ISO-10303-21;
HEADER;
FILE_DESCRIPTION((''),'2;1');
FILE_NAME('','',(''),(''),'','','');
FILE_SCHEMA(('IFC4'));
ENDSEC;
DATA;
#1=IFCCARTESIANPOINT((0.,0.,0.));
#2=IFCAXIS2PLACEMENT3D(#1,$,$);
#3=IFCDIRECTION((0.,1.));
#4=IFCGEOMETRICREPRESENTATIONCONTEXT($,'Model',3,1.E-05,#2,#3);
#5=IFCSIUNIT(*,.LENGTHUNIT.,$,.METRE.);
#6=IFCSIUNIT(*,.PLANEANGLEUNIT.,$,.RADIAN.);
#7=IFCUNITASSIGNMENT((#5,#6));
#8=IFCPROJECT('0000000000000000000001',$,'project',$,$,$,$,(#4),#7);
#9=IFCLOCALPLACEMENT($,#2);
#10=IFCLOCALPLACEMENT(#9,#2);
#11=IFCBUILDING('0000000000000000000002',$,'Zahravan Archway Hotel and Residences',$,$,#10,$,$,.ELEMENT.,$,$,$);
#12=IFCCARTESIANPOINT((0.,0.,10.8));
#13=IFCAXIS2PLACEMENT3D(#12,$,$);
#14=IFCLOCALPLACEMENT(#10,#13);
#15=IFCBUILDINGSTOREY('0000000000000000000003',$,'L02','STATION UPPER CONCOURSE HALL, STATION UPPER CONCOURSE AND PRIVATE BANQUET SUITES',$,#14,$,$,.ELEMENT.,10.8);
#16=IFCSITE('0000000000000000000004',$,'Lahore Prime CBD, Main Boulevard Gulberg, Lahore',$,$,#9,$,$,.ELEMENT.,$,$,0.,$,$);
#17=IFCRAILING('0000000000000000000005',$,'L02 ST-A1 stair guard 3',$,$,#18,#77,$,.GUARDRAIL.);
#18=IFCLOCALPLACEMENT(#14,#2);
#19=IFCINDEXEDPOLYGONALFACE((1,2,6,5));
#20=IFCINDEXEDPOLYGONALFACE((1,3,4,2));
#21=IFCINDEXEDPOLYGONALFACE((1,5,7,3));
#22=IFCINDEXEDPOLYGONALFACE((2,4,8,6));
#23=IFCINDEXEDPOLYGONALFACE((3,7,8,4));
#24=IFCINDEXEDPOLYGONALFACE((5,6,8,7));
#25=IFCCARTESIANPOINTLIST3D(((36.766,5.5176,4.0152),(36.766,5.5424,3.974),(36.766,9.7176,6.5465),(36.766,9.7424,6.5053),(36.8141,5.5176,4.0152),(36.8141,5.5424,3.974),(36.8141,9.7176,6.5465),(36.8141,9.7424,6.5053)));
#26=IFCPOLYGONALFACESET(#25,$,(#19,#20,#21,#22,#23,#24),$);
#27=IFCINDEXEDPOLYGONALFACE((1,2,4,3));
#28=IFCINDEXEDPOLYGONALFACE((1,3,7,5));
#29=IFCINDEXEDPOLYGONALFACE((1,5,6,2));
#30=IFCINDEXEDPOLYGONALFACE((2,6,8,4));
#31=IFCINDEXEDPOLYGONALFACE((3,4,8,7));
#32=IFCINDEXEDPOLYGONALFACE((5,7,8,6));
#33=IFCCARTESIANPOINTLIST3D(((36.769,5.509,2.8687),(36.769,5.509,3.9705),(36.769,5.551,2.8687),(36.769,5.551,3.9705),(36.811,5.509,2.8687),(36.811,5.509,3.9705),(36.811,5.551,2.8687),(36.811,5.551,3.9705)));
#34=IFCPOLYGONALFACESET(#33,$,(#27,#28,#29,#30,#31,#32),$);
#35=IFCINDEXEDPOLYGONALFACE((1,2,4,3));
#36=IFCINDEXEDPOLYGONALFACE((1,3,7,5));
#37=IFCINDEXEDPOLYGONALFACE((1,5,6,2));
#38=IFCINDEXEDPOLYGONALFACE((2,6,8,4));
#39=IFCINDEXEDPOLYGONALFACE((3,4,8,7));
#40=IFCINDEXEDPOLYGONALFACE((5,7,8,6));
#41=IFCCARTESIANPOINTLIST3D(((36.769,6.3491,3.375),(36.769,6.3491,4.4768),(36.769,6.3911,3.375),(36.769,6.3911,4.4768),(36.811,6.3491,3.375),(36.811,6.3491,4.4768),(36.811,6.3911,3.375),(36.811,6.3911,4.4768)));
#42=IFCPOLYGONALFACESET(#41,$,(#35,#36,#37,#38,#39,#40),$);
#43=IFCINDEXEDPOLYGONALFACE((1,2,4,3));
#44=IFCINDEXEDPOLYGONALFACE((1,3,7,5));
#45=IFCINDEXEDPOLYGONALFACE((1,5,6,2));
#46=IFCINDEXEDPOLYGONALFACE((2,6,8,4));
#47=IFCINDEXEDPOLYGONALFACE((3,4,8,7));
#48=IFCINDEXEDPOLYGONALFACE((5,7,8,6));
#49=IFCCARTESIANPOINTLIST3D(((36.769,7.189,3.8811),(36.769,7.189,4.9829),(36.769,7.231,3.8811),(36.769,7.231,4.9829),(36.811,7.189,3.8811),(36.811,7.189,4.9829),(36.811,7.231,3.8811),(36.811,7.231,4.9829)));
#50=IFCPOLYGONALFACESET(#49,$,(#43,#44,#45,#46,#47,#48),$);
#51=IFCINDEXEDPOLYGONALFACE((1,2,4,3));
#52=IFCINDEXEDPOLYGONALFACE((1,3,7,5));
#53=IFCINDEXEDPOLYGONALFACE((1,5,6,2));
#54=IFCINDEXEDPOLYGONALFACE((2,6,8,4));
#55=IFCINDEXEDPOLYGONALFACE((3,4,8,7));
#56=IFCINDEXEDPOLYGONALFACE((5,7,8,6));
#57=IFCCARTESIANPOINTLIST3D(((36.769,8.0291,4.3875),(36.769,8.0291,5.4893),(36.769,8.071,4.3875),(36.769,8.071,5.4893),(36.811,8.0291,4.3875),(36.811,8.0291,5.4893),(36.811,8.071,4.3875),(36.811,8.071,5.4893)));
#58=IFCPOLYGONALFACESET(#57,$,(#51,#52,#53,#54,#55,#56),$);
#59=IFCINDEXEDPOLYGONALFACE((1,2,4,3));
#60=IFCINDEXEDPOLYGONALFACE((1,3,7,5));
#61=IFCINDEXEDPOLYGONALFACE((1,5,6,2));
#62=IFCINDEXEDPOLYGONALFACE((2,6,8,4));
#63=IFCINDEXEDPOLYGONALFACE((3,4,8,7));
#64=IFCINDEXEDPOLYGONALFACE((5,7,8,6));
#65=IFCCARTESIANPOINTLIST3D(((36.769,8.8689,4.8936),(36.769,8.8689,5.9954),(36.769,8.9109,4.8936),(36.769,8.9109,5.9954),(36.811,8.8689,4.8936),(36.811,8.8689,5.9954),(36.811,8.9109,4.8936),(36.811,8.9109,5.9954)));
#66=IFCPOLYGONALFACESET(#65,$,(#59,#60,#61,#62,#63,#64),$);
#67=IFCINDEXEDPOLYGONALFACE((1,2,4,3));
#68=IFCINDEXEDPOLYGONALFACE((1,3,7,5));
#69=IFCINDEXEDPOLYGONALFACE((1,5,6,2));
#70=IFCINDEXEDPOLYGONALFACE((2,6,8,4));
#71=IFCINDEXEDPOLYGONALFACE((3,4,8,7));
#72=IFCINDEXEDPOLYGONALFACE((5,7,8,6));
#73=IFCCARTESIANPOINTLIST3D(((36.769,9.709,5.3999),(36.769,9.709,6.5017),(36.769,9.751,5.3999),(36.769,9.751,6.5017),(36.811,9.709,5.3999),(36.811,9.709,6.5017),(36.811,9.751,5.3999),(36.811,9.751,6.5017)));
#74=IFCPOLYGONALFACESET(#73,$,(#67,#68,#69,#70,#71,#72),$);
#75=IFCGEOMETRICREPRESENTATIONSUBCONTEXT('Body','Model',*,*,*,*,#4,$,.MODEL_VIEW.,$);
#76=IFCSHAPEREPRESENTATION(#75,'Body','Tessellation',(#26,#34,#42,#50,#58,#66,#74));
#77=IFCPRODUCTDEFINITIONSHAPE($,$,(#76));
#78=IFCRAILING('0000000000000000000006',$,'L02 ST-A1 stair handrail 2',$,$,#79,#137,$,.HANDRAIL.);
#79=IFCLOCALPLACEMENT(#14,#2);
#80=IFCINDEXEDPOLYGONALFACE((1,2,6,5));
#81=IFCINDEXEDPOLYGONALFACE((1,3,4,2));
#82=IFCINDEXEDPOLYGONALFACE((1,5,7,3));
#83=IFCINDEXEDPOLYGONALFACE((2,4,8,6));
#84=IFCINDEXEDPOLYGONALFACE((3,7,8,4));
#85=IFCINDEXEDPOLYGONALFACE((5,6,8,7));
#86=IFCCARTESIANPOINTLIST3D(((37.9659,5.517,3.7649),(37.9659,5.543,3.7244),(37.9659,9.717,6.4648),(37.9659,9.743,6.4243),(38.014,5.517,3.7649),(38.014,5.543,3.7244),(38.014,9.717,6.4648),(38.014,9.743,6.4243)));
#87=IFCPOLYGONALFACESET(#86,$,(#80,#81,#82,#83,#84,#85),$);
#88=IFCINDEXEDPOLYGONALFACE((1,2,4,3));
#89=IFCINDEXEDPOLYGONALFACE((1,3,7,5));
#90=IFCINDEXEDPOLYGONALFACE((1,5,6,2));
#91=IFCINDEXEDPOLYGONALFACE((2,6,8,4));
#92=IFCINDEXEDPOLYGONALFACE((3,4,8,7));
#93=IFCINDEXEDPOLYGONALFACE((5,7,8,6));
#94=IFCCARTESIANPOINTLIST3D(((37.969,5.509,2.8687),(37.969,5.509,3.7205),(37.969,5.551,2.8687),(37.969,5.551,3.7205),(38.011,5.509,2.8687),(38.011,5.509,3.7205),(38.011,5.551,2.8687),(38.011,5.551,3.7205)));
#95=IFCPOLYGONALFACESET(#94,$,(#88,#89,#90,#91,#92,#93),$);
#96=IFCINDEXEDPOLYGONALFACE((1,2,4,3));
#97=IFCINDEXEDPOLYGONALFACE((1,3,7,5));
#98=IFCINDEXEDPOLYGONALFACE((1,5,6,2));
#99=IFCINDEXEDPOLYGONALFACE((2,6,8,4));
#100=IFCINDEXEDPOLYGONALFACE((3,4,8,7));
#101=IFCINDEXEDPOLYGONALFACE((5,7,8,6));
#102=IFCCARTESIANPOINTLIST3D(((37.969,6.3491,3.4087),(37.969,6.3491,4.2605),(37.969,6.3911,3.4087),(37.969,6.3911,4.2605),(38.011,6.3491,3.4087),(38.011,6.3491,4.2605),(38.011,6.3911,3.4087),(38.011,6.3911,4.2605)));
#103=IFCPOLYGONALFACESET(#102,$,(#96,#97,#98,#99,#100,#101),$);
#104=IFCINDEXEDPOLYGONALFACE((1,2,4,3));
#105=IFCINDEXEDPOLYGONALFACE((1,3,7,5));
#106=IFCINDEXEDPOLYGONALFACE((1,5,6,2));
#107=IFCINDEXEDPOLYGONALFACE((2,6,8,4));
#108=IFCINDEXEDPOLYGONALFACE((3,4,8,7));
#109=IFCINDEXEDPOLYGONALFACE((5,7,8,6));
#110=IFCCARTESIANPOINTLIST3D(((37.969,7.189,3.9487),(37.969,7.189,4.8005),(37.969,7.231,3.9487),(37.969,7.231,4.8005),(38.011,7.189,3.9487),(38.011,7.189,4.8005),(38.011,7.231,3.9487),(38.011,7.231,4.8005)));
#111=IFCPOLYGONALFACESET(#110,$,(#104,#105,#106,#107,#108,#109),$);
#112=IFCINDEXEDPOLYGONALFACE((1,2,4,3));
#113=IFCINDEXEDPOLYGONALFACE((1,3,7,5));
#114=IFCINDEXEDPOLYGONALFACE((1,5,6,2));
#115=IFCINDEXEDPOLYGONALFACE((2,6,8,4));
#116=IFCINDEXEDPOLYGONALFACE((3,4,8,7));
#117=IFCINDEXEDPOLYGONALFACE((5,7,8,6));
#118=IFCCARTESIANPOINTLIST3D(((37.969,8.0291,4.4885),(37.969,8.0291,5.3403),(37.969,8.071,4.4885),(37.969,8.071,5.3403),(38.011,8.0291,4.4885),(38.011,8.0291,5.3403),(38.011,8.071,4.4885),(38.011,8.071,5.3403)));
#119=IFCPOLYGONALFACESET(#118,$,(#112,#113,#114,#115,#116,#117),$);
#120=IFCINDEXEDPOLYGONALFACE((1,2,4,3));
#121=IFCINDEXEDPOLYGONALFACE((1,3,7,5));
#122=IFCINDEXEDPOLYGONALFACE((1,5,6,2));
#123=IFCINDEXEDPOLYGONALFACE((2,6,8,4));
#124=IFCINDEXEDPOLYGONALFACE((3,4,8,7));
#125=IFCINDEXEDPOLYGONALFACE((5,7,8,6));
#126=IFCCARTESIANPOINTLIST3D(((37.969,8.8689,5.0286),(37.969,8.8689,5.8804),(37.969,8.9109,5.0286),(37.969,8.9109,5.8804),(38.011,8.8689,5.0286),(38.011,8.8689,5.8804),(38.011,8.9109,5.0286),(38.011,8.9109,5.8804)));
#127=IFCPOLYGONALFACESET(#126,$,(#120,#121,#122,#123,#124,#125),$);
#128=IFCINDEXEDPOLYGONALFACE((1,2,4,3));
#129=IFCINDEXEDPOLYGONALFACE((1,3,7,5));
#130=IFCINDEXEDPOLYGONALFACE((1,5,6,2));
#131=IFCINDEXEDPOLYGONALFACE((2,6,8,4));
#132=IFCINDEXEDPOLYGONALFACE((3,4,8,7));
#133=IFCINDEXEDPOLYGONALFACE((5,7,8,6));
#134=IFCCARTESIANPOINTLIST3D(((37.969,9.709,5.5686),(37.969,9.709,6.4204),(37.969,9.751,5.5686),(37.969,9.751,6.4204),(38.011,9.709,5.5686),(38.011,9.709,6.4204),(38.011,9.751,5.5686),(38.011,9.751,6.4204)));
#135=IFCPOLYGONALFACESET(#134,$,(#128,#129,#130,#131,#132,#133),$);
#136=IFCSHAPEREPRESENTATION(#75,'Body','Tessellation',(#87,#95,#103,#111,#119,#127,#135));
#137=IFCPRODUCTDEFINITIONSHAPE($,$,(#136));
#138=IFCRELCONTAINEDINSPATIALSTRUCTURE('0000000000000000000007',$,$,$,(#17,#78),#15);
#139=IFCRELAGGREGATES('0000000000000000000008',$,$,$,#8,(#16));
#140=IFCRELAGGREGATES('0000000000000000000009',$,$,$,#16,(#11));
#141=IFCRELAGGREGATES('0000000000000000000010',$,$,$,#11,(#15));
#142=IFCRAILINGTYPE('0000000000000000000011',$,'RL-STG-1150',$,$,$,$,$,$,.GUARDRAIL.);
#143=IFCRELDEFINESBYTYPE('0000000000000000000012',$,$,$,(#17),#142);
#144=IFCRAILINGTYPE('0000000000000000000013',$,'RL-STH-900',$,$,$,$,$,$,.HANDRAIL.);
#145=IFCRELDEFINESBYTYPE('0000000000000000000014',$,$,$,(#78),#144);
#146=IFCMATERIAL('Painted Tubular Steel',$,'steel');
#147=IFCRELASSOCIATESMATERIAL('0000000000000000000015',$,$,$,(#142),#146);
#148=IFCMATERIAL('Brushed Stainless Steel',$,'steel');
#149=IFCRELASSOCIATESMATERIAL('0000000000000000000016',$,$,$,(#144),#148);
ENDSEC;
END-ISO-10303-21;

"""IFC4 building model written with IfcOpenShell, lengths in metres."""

from ifc_helpers import new_model, si_unit, direction, frame, origin, origin_2d, place, context, subcontext, project, spatial, rectangle, extrude, material, type_object, element, save


model = new_model("IFC4")

# Units and contexts
model_context = context("Model", 3, precision=1e-05, world=origin(), true_north=direction((0.0, 1.0)))
body_context = subcontext(model_context, "Body", "Model", "MODEL_VIEW")
ifc_project = project(units=[si_unit("LENGTHUNIT", "METRE"), si_unit("PLANEANGLEUNIT", "RADIAN")], contexts=[model_context])

# Site, building, storey
site_placement = place(None, origin())
site = spatial("IfcSite", under=ifc_project, at=site_placement, Name="Lahore Prime CBD, Main Boulevard Gulberg, Lahore", CompositionType="ELEMENT", RefElevation=0.0)
building_placement = place(site_placement, origin())
building = spatial("IfcBuilding", under=site, at=building_placement, Name="Zahravan Archway Hotel and Residences", CompositionType="ELEMENT")
storey_placement = place(building_placement, frame((0.0, 0.0, 10.8)))
storey = spatial("IfcBuildingStorey", under=building, at=storey_placement, Name="L02", Description="STATION UPPER CONCOURSE HALL, STATION UPPER CONCOURSE AND PRIVATE BANQUET SUITES", CompositionType="ELEMENT", Elevation=10.8)

# Railings
ifc_material_1 = material(Name="Painted Tubular Steel", Category="steel")
railing_type_1 = type_object("IfcRailingType", Name="RL-STG-1150", PredefinedType="GUARDRAIL", material=ifc_material_1)
railing_1_placement = place(storey_placement, frame((36.79, 5.53, 2.8687)))
element("IfcRailing", 1, at=railing_1_placement, inside=storey, type_object=railing_type_1, Name="L02 ST-A1 stair guard 3", PredefinedType="GUARDRAIL", context=body_context, shape_type="SweptSolid", body=[
    extrude(rectangle(XDim=0.0481, YDim=0.0481, at=origin_2d()), frame((0.0, 0.0, 1.126), z_axis=(0.0, 0.856476, 0.516186), x_axis=(-1.0, 0.0, 0.0)), (0.0, 0.0, 1.0), 4.9038),
    extrude(rectangle(XDim=0.042, YDim=0.042, at=origin_2d()), origin(), (0.0, 0.0, 1.0), 1.1018),
    extrude(rectangle(XDim=0.042, YDim=0.042, at=origin_2d()), frame((0.0, 0.8401, 0.5063)), (0.0, 0.0, 1.0), 1.1018),
    extrude(rectangle(XDim=0.042, YDim=0.042, at=origin_2d()), frame((0.0, 1.6799, 1.0125)), (0.0, 0.0, 1.0), 1.1018),
    extrude(rectangle(XDim=0.042, YDim=0.042, at=origin_2d()), frame((0.0, 2.52, 1.5188)), (0.0, 0.0, 1.0), 1.1018),
    extrude(rectangle(XDim=0.042, YDim=0.042, at=origin_2d()), frame((0.0, 3.3599, 2.0249)), (0.0, 0.0, 1.0), 1.1018),
    extrude(rectangle(XDim=0.042, YDim=0.042, at=origin_2d()), frame((0.0, 4.2, 2.5312)), (0.0, 0.0, 1.0), 1.1018),
])
ifc_material_2 = material(Name="Brushed Stainless Steel", Category="steel")
railing_type_2 = type_object("IfcRailingType", Name="RL-STH-900", PredefinedType="HANDRAIL", material=ifc_material_2)
railing_2_placement = place(storey_placement, frame((37.99, 5.53, 2.8687)))
element("IfcRailing", 2, at=railing_2_placement, inside=storey, type_object=railing_type_2, Name="L02 ST-A1 stair handrail 2", PredefinedType="HANDRAIL", context=body_context, shape_type="SweptSolid", body=[
    extrude(rectangle(XDim=0.0481, YDim=0.0481, at=origin_2d()), frame((0.0, 0.0, 0.876), z_axis=(0.0, 0.84118, 0.540755), x_axis=(-1.0, 0.0, 0.0)), (0.0, 0.0, 1.0), 4.9929),
    extrude(rectangle(XDim=0.042, YDim=0.042, at=origin_2d()), origin(), (0.0, 0.0, 1.0), 0.8518),
    extrude(rectangle(XDim=0.042, YDim=0.042, at=origin_2d()), frame((0.0, 0.8401, 0.54)), (0.0, 0.0, 1.0), 0.8518),
    extrude(rectangle(XDim=0.042, YDim=0.042, at=origin_2d()), frame((0.0, 1.6799, 1.0801)), (0.0, 0.0, 1.0), 0.8518),
    extrude(rectangle(XDim=0.042, YDim=0.042, at=origin_2d()), frame((0.0, 2.52, 1.6199)), (0.0, 0.0, 1.0), 0.8518),
    extrude(rectangle(XDim=0.042, YDim=0.042, at=origin_2d()), frame((0.0, 3.3599, 2.1599)), (0.0, 0.0, 1.0), 0.8518),
    extrude(rectangle(XDim=0.042, YDim=0.042, at=origin_2d()), frame((0.0, 4.2, 2.7)), (0.0, 0.0, 1.0), 0.8518),
])

save(model, "model.ifc")
